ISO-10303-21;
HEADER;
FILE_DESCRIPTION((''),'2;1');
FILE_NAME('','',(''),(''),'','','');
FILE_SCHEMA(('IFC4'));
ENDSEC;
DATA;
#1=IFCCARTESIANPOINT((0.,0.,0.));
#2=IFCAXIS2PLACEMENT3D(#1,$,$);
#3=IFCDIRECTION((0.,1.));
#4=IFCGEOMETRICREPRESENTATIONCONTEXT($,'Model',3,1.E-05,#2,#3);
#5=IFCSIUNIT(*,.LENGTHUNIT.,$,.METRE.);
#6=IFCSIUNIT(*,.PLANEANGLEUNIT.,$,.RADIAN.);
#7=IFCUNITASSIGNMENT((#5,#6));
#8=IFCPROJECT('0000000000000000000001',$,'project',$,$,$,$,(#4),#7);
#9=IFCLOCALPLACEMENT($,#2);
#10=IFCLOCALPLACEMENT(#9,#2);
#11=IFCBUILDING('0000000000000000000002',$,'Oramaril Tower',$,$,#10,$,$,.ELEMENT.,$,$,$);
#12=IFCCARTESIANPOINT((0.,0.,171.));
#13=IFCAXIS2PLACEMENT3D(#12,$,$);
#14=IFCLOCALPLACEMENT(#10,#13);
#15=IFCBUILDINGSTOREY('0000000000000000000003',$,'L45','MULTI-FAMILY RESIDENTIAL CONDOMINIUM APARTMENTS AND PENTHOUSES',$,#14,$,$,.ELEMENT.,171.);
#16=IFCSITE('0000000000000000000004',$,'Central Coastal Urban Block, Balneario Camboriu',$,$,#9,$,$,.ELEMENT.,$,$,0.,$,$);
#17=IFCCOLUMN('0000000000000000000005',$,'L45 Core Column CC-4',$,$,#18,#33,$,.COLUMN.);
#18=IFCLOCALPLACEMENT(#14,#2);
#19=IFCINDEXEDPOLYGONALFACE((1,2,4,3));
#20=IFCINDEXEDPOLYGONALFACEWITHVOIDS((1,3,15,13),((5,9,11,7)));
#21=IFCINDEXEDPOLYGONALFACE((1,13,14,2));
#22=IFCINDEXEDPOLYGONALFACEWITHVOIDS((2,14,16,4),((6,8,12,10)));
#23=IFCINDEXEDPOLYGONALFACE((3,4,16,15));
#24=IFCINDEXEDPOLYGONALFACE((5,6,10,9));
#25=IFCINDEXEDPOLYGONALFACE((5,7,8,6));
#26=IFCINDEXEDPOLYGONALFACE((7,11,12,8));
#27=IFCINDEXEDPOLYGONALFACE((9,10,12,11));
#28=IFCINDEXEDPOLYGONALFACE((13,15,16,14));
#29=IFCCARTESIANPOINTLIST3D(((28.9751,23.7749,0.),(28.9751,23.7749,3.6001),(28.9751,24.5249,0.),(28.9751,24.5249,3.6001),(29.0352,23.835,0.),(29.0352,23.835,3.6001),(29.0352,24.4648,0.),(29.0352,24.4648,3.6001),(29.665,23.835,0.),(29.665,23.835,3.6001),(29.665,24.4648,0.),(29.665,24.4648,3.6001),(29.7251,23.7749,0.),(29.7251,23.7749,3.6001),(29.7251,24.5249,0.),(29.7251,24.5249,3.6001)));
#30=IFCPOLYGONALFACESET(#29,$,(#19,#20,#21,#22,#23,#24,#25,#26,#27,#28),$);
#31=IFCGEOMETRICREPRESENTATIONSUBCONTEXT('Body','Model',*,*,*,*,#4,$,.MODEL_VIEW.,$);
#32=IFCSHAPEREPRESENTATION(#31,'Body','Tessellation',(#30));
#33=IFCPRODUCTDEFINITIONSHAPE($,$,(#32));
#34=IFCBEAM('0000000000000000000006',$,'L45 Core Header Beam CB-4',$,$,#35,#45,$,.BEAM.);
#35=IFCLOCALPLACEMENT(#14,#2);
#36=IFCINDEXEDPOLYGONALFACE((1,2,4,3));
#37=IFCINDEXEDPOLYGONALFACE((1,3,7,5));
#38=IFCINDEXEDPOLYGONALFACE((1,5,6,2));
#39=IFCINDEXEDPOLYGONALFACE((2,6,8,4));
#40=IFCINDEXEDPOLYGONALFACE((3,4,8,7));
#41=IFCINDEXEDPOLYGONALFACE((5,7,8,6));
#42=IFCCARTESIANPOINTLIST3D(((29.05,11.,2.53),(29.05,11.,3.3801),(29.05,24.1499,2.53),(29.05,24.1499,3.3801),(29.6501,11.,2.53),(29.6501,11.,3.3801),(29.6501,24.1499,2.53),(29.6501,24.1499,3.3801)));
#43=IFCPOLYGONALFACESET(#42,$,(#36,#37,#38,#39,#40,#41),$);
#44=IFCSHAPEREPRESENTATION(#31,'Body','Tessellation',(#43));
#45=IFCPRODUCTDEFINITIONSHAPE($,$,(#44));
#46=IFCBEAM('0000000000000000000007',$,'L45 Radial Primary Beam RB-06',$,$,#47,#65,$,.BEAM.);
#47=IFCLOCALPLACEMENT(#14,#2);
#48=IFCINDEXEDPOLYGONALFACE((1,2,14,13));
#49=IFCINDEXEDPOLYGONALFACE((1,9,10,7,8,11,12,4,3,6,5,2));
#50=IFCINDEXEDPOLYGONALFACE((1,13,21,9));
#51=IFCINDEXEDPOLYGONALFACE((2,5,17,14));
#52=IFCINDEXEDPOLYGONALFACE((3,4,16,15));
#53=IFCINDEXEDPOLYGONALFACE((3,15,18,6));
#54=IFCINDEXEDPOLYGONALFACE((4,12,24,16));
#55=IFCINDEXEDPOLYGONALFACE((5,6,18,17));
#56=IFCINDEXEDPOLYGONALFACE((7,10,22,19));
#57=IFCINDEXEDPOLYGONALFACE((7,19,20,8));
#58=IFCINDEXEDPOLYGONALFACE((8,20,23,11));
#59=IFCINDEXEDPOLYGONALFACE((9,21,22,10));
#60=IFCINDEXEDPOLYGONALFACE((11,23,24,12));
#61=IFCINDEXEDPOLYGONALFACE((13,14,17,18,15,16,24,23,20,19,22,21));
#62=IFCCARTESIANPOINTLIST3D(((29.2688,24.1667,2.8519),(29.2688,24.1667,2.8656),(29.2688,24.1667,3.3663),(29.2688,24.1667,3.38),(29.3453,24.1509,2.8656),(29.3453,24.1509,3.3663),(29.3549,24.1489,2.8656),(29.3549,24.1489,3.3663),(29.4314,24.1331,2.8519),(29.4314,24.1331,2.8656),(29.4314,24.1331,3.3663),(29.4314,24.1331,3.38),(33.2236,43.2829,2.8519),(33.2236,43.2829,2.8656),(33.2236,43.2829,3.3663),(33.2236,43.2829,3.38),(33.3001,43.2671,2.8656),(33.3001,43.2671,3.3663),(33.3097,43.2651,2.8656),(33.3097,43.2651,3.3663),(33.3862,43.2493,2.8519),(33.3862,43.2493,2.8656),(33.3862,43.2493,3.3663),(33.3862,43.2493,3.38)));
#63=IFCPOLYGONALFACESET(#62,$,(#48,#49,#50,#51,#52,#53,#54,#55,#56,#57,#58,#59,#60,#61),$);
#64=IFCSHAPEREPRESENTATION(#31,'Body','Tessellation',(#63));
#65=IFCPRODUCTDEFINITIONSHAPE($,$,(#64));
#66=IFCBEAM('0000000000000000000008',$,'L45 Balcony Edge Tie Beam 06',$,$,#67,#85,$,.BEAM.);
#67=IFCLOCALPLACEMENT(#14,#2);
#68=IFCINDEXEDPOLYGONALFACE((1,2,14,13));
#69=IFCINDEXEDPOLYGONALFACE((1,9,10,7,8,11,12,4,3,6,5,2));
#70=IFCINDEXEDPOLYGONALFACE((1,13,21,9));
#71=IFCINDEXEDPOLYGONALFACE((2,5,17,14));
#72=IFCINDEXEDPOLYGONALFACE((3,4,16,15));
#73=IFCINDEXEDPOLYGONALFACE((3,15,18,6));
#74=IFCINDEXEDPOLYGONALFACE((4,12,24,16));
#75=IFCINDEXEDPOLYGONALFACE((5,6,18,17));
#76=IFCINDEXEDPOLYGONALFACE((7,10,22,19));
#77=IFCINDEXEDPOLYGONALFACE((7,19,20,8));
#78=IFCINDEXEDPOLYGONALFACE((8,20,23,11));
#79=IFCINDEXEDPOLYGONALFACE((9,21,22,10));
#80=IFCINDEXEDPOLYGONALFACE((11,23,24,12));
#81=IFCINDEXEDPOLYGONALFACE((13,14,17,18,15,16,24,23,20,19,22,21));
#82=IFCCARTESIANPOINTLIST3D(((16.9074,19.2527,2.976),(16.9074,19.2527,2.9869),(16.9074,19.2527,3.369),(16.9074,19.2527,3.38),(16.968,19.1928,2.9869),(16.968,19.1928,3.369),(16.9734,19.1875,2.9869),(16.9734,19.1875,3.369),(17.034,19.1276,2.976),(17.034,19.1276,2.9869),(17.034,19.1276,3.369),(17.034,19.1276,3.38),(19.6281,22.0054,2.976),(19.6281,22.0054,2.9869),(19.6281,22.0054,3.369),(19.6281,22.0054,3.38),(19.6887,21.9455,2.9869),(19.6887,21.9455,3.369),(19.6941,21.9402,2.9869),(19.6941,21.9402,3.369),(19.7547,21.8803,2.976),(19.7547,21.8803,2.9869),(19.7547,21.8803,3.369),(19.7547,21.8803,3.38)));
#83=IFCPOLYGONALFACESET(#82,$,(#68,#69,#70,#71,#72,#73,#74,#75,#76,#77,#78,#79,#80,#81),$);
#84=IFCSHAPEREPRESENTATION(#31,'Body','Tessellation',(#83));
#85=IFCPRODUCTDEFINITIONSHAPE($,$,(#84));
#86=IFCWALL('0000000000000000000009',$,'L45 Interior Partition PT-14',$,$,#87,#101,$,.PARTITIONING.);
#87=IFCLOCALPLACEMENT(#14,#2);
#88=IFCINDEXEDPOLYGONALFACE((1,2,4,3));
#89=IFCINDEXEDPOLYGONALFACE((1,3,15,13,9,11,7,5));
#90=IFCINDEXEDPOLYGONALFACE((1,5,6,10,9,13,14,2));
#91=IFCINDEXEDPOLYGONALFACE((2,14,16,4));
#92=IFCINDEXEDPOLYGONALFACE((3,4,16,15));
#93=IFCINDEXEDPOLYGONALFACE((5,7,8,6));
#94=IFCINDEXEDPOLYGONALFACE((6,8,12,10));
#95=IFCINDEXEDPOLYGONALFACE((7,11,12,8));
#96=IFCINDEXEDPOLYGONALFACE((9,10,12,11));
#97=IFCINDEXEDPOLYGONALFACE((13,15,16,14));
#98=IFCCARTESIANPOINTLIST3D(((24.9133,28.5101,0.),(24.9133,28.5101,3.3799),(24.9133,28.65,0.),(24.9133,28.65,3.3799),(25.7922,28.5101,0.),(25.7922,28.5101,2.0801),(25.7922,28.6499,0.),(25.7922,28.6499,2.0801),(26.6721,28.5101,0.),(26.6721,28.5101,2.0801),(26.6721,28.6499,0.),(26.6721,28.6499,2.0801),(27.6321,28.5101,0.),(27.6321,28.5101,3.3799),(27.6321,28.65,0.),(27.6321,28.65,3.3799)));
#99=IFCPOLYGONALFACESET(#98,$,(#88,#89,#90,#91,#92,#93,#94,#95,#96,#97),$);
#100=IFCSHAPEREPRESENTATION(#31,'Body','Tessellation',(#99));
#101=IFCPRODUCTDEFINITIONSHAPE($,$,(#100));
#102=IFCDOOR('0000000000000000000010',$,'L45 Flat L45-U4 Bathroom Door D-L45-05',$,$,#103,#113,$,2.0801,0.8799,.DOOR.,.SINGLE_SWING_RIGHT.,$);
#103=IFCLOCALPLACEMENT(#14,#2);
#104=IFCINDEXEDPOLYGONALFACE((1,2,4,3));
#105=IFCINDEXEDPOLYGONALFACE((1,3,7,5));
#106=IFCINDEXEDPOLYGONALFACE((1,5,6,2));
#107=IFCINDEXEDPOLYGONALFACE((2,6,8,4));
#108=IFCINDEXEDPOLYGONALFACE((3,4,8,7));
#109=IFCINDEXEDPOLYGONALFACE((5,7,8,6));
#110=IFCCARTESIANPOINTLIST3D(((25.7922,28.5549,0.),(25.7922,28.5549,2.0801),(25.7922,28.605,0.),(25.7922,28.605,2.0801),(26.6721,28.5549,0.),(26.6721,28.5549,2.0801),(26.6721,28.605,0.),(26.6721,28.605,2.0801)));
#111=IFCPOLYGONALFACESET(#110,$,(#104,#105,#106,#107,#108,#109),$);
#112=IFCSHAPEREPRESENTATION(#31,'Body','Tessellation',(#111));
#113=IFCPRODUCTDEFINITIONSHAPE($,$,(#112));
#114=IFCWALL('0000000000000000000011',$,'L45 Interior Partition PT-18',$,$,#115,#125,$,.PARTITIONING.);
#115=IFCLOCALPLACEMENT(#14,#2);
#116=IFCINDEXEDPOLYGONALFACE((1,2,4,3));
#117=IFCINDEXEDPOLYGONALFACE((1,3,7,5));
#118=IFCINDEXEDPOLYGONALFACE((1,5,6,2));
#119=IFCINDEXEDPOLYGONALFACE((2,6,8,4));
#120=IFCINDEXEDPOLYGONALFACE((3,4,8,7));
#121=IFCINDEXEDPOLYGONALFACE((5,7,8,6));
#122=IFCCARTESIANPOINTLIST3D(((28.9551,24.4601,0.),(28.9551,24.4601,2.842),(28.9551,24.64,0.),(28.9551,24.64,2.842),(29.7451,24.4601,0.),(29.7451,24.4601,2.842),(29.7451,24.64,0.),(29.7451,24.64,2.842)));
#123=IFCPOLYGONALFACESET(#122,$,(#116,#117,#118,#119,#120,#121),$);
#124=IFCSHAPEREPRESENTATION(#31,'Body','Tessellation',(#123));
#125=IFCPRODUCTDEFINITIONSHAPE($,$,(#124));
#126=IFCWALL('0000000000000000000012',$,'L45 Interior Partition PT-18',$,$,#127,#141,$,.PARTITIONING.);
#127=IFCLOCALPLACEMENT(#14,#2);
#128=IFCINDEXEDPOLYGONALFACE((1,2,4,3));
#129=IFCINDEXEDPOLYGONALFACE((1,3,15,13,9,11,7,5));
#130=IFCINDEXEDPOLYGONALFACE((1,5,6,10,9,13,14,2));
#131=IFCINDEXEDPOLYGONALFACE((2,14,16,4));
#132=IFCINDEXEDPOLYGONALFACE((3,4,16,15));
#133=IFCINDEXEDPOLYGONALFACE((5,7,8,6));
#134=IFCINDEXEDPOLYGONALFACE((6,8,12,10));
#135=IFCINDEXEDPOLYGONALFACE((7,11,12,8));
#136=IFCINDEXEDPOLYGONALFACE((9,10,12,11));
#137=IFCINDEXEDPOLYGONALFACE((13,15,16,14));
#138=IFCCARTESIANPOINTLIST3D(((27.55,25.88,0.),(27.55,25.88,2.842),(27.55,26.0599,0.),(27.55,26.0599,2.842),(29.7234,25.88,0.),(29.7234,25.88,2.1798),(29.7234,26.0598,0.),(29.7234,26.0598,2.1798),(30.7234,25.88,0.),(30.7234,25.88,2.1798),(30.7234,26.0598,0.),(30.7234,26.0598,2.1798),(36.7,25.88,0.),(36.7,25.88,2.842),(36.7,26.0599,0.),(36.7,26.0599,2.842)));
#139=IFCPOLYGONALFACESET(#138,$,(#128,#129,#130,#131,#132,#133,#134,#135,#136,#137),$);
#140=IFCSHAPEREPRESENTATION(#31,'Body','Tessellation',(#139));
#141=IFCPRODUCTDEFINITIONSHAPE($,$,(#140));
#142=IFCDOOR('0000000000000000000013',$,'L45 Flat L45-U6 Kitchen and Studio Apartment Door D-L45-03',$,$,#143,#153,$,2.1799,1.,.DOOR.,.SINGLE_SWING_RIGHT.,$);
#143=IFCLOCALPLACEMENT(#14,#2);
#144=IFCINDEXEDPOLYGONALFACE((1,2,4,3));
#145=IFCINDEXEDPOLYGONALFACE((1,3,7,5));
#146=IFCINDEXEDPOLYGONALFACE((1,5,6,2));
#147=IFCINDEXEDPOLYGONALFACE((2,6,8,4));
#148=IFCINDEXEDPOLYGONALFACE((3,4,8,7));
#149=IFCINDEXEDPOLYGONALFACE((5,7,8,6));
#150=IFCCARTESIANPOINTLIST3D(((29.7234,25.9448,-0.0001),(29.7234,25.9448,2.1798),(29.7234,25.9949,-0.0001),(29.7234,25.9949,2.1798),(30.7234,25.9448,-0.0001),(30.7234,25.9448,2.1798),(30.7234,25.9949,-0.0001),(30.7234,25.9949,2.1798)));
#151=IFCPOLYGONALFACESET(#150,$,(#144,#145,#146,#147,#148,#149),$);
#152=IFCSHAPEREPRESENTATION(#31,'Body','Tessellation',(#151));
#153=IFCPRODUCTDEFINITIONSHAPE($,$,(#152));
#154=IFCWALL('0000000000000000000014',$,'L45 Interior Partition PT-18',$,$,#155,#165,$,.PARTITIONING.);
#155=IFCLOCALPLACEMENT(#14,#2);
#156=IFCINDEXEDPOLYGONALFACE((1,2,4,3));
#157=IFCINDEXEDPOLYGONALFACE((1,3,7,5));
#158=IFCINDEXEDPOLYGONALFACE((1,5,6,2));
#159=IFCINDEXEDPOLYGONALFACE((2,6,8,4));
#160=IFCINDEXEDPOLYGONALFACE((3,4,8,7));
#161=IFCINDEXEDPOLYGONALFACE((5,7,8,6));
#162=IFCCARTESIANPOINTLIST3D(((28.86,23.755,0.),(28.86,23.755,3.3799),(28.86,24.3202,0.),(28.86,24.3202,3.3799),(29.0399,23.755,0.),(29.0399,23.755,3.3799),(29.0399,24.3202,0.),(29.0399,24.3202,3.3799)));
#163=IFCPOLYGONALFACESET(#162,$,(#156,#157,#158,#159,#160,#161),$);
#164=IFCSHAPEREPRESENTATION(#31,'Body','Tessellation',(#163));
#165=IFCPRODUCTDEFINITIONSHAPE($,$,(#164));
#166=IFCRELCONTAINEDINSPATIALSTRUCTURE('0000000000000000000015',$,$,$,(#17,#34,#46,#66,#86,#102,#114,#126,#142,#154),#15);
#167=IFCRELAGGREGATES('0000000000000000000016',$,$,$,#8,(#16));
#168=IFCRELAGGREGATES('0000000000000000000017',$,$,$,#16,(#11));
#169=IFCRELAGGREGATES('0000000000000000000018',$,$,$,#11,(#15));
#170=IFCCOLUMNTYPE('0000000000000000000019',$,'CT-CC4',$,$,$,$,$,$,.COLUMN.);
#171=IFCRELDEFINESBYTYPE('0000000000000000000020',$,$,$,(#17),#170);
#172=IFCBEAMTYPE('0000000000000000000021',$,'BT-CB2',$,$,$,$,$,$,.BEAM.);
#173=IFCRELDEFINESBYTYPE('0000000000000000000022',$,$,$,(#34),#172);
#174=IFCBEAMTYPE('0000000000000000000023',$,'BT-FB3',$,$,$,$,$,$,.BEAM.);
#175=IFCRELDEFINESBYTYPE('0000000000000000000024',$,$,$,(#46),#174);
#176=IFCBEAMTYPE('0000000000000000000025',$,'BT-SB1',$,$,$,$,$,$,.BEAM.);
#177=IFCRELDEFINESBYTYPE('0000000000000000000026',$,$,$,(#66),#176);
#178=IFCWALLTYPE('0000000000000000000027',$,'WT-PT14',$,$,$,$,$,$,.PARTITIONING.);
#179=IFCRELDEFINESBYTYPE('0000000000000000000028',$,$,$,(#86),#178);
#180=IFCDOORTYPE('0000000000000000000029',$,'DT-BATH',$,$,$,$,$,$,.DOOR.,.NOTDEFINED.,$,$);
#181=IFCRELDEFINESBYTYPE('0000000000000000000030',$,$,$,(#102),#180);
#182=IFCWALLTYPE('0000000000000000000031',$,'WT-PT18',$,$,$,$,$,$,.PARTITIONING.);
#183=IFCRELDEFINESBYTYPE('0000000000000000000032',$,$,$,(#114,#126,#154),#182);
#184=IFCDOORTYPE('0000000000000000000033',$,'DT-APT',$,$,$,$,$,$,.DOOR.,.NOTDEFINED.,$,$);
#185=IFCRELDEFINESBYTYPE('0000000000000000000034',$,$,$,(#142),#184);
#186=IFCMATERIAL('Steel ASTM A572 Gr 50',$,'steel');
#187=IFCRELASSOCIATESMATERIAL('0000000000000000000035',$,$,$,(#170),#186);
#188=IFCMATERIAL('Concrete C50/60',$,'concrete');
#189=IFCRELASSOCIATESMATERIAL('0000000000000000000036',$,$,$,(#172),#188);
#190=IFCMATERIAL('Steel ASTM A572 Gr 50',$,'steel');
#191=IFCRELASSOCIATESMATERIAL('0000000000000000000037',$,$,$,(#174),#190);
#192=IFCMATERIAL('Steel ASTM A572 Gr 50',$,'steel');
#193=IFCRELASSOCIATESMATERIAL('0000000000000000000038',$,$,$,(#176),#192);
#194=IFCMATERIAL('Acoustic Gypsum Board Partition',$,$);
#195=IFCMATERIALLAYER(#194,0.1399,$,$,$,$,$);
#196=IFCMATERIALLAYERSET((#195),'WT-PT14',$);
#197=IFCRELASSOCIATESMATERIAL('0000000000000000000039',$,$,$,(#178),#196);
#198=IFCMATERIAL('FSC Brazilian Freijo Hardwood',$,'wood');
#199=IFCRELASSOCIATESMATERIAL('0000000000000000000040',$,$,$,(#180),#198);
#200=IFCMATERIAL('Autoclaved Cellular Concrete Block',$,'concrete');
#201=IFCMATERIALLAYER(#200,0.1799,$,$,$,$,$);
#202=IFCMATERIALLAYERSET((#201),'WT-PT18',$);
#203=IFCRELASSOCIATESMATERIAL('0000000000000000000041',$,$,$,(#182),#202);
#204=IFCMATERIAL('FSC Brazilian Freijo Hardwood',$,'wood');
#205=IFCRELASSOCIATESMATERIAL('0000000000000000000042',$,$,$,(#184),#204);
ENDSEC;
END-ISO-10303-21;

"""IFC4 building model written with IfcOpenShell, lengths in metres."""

from ifc_helpers import new_model, si_unit, direction, frame, frame_2d, origin, origin_2d, place, context, subcontext, project, spatial, rectangle, hollow_rectangle, i_section, extrude, material, layer, layer_set, material_profile, profile_set, type_object, element, fill, save


model = new_model("IFC4")

# Units and contexts
model_context = context("Model", 3, precision=1e-05, world=origin(), true_north=direction((0.0, 1.0)))
body_context = subcontext(model_context, "Body", "Model", "MODEL_VIEW")
ifc_project = project(units=[si_unit("LENGTHUNIT", "METRE"), si_unit("PLANEANGLEUNIT", "RADIAN")], contexts=[model_context])

# Site, building, storey
site_placement = place(None, origin())
site = spatial("IfcSite", under=ifc_project, at=site_placement, Name="Central Coastal Urban Block, Balneario Camboriu", CompositionType="ELEMENT", RefElevation=0.0)
building_placement = place(site_placement, origin())
building = spatial("IfcBuilding", under=site, at=building_placement, Name="Oramaril Tower", CompositionType="ELEMENT")
storey_placement = place(building_placement, frame((0.0, 0.0, 171.0)))
storey = spatial("IfcBuildingStorey", under=building, at=storey_placement, Name="L45", Description="MULTI-FAMILY RESIDENTIAL CONDOMINIUM APARTMENTS AND PENTHOUSES", CompositionType="ELEMENT", Elevation=171.0)

# Column
ifc_material_1 = material(Name="Steel ASTM A572 Gr 50", Category="steel")
ifc_material_profile_1 = material_profile(ifc_material_1, hollow_rectangle(XDim=0.75, YDim=0.75, WallThickness=0.0601, at=origin_2d()), Name="BOX750X750X60")
ifc_profile_set_1 = profile_set([ifc_material_profile_1], Name="Steel ASTM A572 Gr 50")
column_type = type_object("IfcColumnType", Name="CT-CC4", PredefinedType="COLUMN", material=ifc_profile_set_1)
column_placement = place(storey_placement, frame((29.3501, 24.1499, 0.0), z_axis=(0.0, 0.0, 1.0), x_axis=(1.0, 0.0, 0.0)))
element("IfcColumn", 1, at=column_placement, inside=storey, type_object=column_type, Name="L45 Core Column CC-4", PredefinedType="COLUMN", context=body_context, shape_type="SweptSolid", body=[
    extrude(hollow_rectangle(XDim=0.75, YDim=0.75, WallThickness=0.0601, at=origin_2d()), origin(), (0.0, 0.0, 1.0), 3.6001),
])

# Beams
ifc_material_2 = material(Name="Concrete C50/60", Category="concrete")
ifc_material_profile_2 = material_profile(ifc_material_2, rectangle(XDim=0.6001, YDim=0.8501, at=origin_2d()), Name="CB600X850")
ifc_profile_set_2 = profile_set([ifc_material_profile_2], Name="Concrete C50/60")
beam_type_1 = type_object("IfcBeamType", Name="BT-CB2", PredefinedType="BEAM", material=ifc_profile_set_2)
beam_1_placement = place(storey_placement, frame((29.3501, 24.1499, 2.9551), z_axis=(0.0, -1.0, 0.0), x_axis=(1.0, 0.0, 0.0)))
element("IfcBeam", 2, at=beam_1_placement, inside=storey, type_object=beam_type_1, Name="L45 Core Header Beam CB-4", PredefinedType="BEAM", context=body_context, shape_type="SweptSolid", body=[
    extrude(rectangle(XDim=0.6001, YDim=0.8501, at=origin_2d()), origin(), (0.0, 0.0, 1.0), 13.1499),
])
ifc_material_3 = material(Name="Steel ASTM A572 Gr 50", Category="steel")
ifc_material_profile_3 = material_profile(ifc_material_3, i_section(OverallWidth=0.166, OverallDepth=0.5281, WebThickness=0.0098, FlangeThickness=0.0137, at=origin_2d()), Name="W21X50")
ifc_profile_set_3 = profile_set([ifc_material_profile_3], Name="Steel ASTM A572 Gr 50")
beam_type_2 = type_object("IfcBeamType", Name="BT-FB3", PredefinedType="BEAM", material=ifc_profile_set_3)
beam_2_placement = place(storey_placement, frame((29.3501, 24.1499, 3.116), z_axis=(0.202594, 0.979263, 0.0), x_axis=(-0.979263, 0.202594, 0.0)))
element("IfcBeam", 3, at=beam_2_placement, inside=storey, type_object=beam_type_2, Name="L45 Radial Primary Beam RB-06", PredefinedType="BEAM", context=body_context, shape_type="SweptSolid", body=[
    extrude(i_section(OverallWidth=0.166, OverallDepth=0.5281, WebThickness=0.0098, FlangeThickness=0.0137, at=origin_2d()), origin(), (0.0, 0.0, 1.0), 19.521),
])
ifc_material_4 = material(Name="Steel ASTM A572 Gr 50", Category="steel")
ifc_material_profile_4 = material_profile(ifc_material_4, i_section(OverallWidth=0.178, OverallDepth=0.4041, WebThickness=0.0076, FlangeThickness=0.011, at=origin_2d()), Name="W16X36")
ifc_profile_set_4 = profile_set([ifc_material_profile_4], Name="Steel ASTM A572 Gr 50")
beam_type_3 = type_object("IfcBeamType", Name="BT-SB1", PredefinedType="BEAM", material=ifc_profile_set_4)
beam_3_placement = place(storey_placement, frame((19.6914, 21.9429, 3.178), z_axis=(-0.702963, -0.711226, 0.0), x_axis=(0.711226, -0.702963, 0.0)))
element("IfcBeam", 4, at=beam_3_placement, inside=storey, type_object=beam_type_3, Name="L45 Balcony Edge Tie Beam 06", PredefinedType="BEAM", context=body_context, shape_type="SweptSolid", body=[
    extrude(i_section(OverallWidth=0.178, OverallDepth=0.4041, WebThickness=0.0076, FlangeThickness=0.011, at=origin_2d()), origin(), (0.0, 0.0, 1.0), 3.8704),
])

# Wall, opening, door
ifc_material_5 = material(Name="Acoustic Gypsum Board Partition")
ifc_layer_1 = layer(ifc_material_5, 0.1399)
ifc_layer_set_1 = layer_set([ifc_layer_1], Name="WT-PT14")
wall_type_1 = type_object("IfcWallType", Name="WT-PT14", PredefinedType="PARTITIONING", material=ifc_layer_set_1)
wall_1_placement = place(storey_placement, frame((24.9133, 28.5801, 0.0), z_axis=(0.0, 0.0, 1.0), x_axis=(1.0, 0.0, 0.0)))
wall_1 = element("IfcWall", 5, at=wall_1_placement, inside=storey, type_object=wall_type_1, Name="L45 Interior Partition PT-14", PredefinedType="PARTITIONING", context=body_context, shape_type="SweptSolid", body=[
    extrude(rectangle(XDim=2.7188, YDim=0.1399, at=frame_2d((1.3594, 0.0))), origin(), (0.0, 0.0, 1.0), 3.3799),
])
opening_1_placement = place(wall_1_placement, frame((0.8789, 0.0, 0.0)))
opening_1 = element("IfcOpeningElement", 6, at=opening_1_placement, cuts=wall_1, PredefinedType="OPENING", context=body_context, shape_type="SweptSolid", body=[
    extrude(rectangle(XDim=0.8799, YDim=2.0801, at=frame_2d((0.4399, 1.04))), frame((0.0, 0.0698, 0.0), z_axis=(0.0, -1.0, 0.0), x_axis=(1.0, 0.0, 0.0)), (0.0, 0.0, 1.0), 0.1399),
])
ifc_material_6 = material(Name="FSC Brazilian Freijo Hardwood", Category="wood")
door_type_1 = type_object("IfcDoorType", Name="DT-BATH", OperationType="NOTDEFINED", PredefinedType="DOOR", material=ifc_material_6)
door_1_placement = place(opening_1_placement, origin())
door_1 = element("IfcDoor", 7, at=door_1_placement, inside=storey, type_object=door_type_1, Name="L45 Flat L45-U4 Bathroom Door D-L45-05", OperationType="SINGLE_SWING_RIGHT", OverallHeight=2.0801, OverallWidth=0.8799, PredefinedType="DOOR", context=body_context, shape_type="SweptSolid", body=[
    extrude(rectangle(XDim=0.8799, YDim=2.0801, at=frame_2d((0.4399, 1.04))), frame((0.0, 0.0249, 0.0), z_axis=(0.0, -1.0, 0.0), x_axis=(1.0, 0.0, 0.0)), (0.0, 0.0, 1.0), 0.05),
])
fill(opening_1, door_1)

# Wall
ifc_material_7 = material(Name="Autoclaved Cellular Concrete Block", Category="concrete")
ifc_layer_2 = layer(ifc_material_7, 0.1799)
ifc_layer_set_2 = layer_set([ifc_layer_2], Name="WT-PT18")
wall_type_2 = type_object("IfcWallType", Name="WT-PT18", PredefinedType="PARTITIONING", material=ifc_layer_set_2)
wall_2_placement = place(storey_placement, frame((28.9551, 24.55, 0.0), z_axis=(0.0, 0.0, 1.0), x_axis=(1.0, 0.0, 0.0)))
element("IfcWall", 8, at=wall_2_placement, inside=storey, type_object=wall_type_2, Name="L45 Interior Partition PT-18", PredefinedType="PARTITIONING", context=body_context, shape_type="SweptSolid", body=[
    extrude(rectangle(XDim=0.79, YDim=0.1799, at=frame_2d((0.395, 0.0))), origin(), (0.0, 0.0, 1.0), 2.842),
])

# Wall, opening, door
wall_3_placement = place(storey_placement, frame((27.55, 25.97, 0.0), z_axis=(0.0, 0.0, 1.0), x_axis=(1.0, 0.0, 0.0)))
wall_3 = element("IfcWall", 9, at=wall_3_placement, inside=storey, type_object=wall_type_2, Name="L45 Interior Partition PT-18", PredefinedType="PARTITIONING", context=body_context, shape_type="SweptSolid", body=[
    extrude(rectangle(XDim=9.1499, YDim=0.1799, at=frame_2d((4.575, 0.0))), origin(), (0.0, 0.0, 1.0), 2.842),
])
opening_2_placement = place(wall_3_placement, frame((2.1733, 0.0, 0.0)))
opening_2 = element("IfcOpeningElement", 10, at=opening_2_placement, cuts=wall_3, PredefinedType="OPENING", context=body_context, shape_type="SweptSolid", body=[
    extrude(rectangle(XDim=1.0, YDim=2.1799, at=frame_2d((0.5, 1.0898))), frame((0.0, 0.0898, 0.0), z_axis=(0.0, -1.0, 0.0), x_axis=(1.0, 0.0, 0.0)), (0.0, 0.0, 1.0), 0.1799),
])
ifc_material_8 = material(Name="FSC Brazilian Freijo Hardwood", Category="wood")
door_type_2 = type_object("IfcDoorType", Name="DT-APT", OperationType="NOTDEFINED", PredefinedType="DOOR", material=ifc_material_8)
door_2_placement = place(opening_2_placement, origin())
door_2 = element("IfcDoor", 11, at=door_2_placement, inside=storey, type_object=door_type_2, Name="L45 Flat L45-U6 Kitchen and Studio Apartment Door D-L45-03", OperationType="SINGLE_SWING_RIGHT", OverallHeight=2.1799, OverallWidth=1.0, PredefinedType="DOOR", context=body_context, shape_type="SweptSolid", body=[
    extrude(rectangle(XDim=1.0, YDim=2.1799, at=frame_2d((0.5, 1.0898))), frame((0.0, 0.0249, 0.0), z_axis=(0.0, -1.0, 0.0), x_axis=(1.0, 0.0, 0.0)), (0.0, 0.0, 1.0), 0.05),
])
fill(opening_2, door_2)

# Wall
wall_4_placement = place(storey_placement, frame((28.95, 23.7549, 0.0), z_axis=(0.0, 0.0, 1.0), x_axis=(0.0, 1.0, 0.0)))
element("IfcWall", 12, at=wall_4_placement, inside=storey, type_object=wall_type_2, Name="L45 Interior Partition PT-18", PredefinedType="PARTITIONING", context=body_context, shape_type="SweptSolid", body=[
    extrude(rectangle(XDim=0.5652, YDim=0.1799, at=frame_2d((0.2827, 0.0))), origin(), (0.0, 0.0, 1.0), 3.3799),
])

save(model, "model.ifc")
